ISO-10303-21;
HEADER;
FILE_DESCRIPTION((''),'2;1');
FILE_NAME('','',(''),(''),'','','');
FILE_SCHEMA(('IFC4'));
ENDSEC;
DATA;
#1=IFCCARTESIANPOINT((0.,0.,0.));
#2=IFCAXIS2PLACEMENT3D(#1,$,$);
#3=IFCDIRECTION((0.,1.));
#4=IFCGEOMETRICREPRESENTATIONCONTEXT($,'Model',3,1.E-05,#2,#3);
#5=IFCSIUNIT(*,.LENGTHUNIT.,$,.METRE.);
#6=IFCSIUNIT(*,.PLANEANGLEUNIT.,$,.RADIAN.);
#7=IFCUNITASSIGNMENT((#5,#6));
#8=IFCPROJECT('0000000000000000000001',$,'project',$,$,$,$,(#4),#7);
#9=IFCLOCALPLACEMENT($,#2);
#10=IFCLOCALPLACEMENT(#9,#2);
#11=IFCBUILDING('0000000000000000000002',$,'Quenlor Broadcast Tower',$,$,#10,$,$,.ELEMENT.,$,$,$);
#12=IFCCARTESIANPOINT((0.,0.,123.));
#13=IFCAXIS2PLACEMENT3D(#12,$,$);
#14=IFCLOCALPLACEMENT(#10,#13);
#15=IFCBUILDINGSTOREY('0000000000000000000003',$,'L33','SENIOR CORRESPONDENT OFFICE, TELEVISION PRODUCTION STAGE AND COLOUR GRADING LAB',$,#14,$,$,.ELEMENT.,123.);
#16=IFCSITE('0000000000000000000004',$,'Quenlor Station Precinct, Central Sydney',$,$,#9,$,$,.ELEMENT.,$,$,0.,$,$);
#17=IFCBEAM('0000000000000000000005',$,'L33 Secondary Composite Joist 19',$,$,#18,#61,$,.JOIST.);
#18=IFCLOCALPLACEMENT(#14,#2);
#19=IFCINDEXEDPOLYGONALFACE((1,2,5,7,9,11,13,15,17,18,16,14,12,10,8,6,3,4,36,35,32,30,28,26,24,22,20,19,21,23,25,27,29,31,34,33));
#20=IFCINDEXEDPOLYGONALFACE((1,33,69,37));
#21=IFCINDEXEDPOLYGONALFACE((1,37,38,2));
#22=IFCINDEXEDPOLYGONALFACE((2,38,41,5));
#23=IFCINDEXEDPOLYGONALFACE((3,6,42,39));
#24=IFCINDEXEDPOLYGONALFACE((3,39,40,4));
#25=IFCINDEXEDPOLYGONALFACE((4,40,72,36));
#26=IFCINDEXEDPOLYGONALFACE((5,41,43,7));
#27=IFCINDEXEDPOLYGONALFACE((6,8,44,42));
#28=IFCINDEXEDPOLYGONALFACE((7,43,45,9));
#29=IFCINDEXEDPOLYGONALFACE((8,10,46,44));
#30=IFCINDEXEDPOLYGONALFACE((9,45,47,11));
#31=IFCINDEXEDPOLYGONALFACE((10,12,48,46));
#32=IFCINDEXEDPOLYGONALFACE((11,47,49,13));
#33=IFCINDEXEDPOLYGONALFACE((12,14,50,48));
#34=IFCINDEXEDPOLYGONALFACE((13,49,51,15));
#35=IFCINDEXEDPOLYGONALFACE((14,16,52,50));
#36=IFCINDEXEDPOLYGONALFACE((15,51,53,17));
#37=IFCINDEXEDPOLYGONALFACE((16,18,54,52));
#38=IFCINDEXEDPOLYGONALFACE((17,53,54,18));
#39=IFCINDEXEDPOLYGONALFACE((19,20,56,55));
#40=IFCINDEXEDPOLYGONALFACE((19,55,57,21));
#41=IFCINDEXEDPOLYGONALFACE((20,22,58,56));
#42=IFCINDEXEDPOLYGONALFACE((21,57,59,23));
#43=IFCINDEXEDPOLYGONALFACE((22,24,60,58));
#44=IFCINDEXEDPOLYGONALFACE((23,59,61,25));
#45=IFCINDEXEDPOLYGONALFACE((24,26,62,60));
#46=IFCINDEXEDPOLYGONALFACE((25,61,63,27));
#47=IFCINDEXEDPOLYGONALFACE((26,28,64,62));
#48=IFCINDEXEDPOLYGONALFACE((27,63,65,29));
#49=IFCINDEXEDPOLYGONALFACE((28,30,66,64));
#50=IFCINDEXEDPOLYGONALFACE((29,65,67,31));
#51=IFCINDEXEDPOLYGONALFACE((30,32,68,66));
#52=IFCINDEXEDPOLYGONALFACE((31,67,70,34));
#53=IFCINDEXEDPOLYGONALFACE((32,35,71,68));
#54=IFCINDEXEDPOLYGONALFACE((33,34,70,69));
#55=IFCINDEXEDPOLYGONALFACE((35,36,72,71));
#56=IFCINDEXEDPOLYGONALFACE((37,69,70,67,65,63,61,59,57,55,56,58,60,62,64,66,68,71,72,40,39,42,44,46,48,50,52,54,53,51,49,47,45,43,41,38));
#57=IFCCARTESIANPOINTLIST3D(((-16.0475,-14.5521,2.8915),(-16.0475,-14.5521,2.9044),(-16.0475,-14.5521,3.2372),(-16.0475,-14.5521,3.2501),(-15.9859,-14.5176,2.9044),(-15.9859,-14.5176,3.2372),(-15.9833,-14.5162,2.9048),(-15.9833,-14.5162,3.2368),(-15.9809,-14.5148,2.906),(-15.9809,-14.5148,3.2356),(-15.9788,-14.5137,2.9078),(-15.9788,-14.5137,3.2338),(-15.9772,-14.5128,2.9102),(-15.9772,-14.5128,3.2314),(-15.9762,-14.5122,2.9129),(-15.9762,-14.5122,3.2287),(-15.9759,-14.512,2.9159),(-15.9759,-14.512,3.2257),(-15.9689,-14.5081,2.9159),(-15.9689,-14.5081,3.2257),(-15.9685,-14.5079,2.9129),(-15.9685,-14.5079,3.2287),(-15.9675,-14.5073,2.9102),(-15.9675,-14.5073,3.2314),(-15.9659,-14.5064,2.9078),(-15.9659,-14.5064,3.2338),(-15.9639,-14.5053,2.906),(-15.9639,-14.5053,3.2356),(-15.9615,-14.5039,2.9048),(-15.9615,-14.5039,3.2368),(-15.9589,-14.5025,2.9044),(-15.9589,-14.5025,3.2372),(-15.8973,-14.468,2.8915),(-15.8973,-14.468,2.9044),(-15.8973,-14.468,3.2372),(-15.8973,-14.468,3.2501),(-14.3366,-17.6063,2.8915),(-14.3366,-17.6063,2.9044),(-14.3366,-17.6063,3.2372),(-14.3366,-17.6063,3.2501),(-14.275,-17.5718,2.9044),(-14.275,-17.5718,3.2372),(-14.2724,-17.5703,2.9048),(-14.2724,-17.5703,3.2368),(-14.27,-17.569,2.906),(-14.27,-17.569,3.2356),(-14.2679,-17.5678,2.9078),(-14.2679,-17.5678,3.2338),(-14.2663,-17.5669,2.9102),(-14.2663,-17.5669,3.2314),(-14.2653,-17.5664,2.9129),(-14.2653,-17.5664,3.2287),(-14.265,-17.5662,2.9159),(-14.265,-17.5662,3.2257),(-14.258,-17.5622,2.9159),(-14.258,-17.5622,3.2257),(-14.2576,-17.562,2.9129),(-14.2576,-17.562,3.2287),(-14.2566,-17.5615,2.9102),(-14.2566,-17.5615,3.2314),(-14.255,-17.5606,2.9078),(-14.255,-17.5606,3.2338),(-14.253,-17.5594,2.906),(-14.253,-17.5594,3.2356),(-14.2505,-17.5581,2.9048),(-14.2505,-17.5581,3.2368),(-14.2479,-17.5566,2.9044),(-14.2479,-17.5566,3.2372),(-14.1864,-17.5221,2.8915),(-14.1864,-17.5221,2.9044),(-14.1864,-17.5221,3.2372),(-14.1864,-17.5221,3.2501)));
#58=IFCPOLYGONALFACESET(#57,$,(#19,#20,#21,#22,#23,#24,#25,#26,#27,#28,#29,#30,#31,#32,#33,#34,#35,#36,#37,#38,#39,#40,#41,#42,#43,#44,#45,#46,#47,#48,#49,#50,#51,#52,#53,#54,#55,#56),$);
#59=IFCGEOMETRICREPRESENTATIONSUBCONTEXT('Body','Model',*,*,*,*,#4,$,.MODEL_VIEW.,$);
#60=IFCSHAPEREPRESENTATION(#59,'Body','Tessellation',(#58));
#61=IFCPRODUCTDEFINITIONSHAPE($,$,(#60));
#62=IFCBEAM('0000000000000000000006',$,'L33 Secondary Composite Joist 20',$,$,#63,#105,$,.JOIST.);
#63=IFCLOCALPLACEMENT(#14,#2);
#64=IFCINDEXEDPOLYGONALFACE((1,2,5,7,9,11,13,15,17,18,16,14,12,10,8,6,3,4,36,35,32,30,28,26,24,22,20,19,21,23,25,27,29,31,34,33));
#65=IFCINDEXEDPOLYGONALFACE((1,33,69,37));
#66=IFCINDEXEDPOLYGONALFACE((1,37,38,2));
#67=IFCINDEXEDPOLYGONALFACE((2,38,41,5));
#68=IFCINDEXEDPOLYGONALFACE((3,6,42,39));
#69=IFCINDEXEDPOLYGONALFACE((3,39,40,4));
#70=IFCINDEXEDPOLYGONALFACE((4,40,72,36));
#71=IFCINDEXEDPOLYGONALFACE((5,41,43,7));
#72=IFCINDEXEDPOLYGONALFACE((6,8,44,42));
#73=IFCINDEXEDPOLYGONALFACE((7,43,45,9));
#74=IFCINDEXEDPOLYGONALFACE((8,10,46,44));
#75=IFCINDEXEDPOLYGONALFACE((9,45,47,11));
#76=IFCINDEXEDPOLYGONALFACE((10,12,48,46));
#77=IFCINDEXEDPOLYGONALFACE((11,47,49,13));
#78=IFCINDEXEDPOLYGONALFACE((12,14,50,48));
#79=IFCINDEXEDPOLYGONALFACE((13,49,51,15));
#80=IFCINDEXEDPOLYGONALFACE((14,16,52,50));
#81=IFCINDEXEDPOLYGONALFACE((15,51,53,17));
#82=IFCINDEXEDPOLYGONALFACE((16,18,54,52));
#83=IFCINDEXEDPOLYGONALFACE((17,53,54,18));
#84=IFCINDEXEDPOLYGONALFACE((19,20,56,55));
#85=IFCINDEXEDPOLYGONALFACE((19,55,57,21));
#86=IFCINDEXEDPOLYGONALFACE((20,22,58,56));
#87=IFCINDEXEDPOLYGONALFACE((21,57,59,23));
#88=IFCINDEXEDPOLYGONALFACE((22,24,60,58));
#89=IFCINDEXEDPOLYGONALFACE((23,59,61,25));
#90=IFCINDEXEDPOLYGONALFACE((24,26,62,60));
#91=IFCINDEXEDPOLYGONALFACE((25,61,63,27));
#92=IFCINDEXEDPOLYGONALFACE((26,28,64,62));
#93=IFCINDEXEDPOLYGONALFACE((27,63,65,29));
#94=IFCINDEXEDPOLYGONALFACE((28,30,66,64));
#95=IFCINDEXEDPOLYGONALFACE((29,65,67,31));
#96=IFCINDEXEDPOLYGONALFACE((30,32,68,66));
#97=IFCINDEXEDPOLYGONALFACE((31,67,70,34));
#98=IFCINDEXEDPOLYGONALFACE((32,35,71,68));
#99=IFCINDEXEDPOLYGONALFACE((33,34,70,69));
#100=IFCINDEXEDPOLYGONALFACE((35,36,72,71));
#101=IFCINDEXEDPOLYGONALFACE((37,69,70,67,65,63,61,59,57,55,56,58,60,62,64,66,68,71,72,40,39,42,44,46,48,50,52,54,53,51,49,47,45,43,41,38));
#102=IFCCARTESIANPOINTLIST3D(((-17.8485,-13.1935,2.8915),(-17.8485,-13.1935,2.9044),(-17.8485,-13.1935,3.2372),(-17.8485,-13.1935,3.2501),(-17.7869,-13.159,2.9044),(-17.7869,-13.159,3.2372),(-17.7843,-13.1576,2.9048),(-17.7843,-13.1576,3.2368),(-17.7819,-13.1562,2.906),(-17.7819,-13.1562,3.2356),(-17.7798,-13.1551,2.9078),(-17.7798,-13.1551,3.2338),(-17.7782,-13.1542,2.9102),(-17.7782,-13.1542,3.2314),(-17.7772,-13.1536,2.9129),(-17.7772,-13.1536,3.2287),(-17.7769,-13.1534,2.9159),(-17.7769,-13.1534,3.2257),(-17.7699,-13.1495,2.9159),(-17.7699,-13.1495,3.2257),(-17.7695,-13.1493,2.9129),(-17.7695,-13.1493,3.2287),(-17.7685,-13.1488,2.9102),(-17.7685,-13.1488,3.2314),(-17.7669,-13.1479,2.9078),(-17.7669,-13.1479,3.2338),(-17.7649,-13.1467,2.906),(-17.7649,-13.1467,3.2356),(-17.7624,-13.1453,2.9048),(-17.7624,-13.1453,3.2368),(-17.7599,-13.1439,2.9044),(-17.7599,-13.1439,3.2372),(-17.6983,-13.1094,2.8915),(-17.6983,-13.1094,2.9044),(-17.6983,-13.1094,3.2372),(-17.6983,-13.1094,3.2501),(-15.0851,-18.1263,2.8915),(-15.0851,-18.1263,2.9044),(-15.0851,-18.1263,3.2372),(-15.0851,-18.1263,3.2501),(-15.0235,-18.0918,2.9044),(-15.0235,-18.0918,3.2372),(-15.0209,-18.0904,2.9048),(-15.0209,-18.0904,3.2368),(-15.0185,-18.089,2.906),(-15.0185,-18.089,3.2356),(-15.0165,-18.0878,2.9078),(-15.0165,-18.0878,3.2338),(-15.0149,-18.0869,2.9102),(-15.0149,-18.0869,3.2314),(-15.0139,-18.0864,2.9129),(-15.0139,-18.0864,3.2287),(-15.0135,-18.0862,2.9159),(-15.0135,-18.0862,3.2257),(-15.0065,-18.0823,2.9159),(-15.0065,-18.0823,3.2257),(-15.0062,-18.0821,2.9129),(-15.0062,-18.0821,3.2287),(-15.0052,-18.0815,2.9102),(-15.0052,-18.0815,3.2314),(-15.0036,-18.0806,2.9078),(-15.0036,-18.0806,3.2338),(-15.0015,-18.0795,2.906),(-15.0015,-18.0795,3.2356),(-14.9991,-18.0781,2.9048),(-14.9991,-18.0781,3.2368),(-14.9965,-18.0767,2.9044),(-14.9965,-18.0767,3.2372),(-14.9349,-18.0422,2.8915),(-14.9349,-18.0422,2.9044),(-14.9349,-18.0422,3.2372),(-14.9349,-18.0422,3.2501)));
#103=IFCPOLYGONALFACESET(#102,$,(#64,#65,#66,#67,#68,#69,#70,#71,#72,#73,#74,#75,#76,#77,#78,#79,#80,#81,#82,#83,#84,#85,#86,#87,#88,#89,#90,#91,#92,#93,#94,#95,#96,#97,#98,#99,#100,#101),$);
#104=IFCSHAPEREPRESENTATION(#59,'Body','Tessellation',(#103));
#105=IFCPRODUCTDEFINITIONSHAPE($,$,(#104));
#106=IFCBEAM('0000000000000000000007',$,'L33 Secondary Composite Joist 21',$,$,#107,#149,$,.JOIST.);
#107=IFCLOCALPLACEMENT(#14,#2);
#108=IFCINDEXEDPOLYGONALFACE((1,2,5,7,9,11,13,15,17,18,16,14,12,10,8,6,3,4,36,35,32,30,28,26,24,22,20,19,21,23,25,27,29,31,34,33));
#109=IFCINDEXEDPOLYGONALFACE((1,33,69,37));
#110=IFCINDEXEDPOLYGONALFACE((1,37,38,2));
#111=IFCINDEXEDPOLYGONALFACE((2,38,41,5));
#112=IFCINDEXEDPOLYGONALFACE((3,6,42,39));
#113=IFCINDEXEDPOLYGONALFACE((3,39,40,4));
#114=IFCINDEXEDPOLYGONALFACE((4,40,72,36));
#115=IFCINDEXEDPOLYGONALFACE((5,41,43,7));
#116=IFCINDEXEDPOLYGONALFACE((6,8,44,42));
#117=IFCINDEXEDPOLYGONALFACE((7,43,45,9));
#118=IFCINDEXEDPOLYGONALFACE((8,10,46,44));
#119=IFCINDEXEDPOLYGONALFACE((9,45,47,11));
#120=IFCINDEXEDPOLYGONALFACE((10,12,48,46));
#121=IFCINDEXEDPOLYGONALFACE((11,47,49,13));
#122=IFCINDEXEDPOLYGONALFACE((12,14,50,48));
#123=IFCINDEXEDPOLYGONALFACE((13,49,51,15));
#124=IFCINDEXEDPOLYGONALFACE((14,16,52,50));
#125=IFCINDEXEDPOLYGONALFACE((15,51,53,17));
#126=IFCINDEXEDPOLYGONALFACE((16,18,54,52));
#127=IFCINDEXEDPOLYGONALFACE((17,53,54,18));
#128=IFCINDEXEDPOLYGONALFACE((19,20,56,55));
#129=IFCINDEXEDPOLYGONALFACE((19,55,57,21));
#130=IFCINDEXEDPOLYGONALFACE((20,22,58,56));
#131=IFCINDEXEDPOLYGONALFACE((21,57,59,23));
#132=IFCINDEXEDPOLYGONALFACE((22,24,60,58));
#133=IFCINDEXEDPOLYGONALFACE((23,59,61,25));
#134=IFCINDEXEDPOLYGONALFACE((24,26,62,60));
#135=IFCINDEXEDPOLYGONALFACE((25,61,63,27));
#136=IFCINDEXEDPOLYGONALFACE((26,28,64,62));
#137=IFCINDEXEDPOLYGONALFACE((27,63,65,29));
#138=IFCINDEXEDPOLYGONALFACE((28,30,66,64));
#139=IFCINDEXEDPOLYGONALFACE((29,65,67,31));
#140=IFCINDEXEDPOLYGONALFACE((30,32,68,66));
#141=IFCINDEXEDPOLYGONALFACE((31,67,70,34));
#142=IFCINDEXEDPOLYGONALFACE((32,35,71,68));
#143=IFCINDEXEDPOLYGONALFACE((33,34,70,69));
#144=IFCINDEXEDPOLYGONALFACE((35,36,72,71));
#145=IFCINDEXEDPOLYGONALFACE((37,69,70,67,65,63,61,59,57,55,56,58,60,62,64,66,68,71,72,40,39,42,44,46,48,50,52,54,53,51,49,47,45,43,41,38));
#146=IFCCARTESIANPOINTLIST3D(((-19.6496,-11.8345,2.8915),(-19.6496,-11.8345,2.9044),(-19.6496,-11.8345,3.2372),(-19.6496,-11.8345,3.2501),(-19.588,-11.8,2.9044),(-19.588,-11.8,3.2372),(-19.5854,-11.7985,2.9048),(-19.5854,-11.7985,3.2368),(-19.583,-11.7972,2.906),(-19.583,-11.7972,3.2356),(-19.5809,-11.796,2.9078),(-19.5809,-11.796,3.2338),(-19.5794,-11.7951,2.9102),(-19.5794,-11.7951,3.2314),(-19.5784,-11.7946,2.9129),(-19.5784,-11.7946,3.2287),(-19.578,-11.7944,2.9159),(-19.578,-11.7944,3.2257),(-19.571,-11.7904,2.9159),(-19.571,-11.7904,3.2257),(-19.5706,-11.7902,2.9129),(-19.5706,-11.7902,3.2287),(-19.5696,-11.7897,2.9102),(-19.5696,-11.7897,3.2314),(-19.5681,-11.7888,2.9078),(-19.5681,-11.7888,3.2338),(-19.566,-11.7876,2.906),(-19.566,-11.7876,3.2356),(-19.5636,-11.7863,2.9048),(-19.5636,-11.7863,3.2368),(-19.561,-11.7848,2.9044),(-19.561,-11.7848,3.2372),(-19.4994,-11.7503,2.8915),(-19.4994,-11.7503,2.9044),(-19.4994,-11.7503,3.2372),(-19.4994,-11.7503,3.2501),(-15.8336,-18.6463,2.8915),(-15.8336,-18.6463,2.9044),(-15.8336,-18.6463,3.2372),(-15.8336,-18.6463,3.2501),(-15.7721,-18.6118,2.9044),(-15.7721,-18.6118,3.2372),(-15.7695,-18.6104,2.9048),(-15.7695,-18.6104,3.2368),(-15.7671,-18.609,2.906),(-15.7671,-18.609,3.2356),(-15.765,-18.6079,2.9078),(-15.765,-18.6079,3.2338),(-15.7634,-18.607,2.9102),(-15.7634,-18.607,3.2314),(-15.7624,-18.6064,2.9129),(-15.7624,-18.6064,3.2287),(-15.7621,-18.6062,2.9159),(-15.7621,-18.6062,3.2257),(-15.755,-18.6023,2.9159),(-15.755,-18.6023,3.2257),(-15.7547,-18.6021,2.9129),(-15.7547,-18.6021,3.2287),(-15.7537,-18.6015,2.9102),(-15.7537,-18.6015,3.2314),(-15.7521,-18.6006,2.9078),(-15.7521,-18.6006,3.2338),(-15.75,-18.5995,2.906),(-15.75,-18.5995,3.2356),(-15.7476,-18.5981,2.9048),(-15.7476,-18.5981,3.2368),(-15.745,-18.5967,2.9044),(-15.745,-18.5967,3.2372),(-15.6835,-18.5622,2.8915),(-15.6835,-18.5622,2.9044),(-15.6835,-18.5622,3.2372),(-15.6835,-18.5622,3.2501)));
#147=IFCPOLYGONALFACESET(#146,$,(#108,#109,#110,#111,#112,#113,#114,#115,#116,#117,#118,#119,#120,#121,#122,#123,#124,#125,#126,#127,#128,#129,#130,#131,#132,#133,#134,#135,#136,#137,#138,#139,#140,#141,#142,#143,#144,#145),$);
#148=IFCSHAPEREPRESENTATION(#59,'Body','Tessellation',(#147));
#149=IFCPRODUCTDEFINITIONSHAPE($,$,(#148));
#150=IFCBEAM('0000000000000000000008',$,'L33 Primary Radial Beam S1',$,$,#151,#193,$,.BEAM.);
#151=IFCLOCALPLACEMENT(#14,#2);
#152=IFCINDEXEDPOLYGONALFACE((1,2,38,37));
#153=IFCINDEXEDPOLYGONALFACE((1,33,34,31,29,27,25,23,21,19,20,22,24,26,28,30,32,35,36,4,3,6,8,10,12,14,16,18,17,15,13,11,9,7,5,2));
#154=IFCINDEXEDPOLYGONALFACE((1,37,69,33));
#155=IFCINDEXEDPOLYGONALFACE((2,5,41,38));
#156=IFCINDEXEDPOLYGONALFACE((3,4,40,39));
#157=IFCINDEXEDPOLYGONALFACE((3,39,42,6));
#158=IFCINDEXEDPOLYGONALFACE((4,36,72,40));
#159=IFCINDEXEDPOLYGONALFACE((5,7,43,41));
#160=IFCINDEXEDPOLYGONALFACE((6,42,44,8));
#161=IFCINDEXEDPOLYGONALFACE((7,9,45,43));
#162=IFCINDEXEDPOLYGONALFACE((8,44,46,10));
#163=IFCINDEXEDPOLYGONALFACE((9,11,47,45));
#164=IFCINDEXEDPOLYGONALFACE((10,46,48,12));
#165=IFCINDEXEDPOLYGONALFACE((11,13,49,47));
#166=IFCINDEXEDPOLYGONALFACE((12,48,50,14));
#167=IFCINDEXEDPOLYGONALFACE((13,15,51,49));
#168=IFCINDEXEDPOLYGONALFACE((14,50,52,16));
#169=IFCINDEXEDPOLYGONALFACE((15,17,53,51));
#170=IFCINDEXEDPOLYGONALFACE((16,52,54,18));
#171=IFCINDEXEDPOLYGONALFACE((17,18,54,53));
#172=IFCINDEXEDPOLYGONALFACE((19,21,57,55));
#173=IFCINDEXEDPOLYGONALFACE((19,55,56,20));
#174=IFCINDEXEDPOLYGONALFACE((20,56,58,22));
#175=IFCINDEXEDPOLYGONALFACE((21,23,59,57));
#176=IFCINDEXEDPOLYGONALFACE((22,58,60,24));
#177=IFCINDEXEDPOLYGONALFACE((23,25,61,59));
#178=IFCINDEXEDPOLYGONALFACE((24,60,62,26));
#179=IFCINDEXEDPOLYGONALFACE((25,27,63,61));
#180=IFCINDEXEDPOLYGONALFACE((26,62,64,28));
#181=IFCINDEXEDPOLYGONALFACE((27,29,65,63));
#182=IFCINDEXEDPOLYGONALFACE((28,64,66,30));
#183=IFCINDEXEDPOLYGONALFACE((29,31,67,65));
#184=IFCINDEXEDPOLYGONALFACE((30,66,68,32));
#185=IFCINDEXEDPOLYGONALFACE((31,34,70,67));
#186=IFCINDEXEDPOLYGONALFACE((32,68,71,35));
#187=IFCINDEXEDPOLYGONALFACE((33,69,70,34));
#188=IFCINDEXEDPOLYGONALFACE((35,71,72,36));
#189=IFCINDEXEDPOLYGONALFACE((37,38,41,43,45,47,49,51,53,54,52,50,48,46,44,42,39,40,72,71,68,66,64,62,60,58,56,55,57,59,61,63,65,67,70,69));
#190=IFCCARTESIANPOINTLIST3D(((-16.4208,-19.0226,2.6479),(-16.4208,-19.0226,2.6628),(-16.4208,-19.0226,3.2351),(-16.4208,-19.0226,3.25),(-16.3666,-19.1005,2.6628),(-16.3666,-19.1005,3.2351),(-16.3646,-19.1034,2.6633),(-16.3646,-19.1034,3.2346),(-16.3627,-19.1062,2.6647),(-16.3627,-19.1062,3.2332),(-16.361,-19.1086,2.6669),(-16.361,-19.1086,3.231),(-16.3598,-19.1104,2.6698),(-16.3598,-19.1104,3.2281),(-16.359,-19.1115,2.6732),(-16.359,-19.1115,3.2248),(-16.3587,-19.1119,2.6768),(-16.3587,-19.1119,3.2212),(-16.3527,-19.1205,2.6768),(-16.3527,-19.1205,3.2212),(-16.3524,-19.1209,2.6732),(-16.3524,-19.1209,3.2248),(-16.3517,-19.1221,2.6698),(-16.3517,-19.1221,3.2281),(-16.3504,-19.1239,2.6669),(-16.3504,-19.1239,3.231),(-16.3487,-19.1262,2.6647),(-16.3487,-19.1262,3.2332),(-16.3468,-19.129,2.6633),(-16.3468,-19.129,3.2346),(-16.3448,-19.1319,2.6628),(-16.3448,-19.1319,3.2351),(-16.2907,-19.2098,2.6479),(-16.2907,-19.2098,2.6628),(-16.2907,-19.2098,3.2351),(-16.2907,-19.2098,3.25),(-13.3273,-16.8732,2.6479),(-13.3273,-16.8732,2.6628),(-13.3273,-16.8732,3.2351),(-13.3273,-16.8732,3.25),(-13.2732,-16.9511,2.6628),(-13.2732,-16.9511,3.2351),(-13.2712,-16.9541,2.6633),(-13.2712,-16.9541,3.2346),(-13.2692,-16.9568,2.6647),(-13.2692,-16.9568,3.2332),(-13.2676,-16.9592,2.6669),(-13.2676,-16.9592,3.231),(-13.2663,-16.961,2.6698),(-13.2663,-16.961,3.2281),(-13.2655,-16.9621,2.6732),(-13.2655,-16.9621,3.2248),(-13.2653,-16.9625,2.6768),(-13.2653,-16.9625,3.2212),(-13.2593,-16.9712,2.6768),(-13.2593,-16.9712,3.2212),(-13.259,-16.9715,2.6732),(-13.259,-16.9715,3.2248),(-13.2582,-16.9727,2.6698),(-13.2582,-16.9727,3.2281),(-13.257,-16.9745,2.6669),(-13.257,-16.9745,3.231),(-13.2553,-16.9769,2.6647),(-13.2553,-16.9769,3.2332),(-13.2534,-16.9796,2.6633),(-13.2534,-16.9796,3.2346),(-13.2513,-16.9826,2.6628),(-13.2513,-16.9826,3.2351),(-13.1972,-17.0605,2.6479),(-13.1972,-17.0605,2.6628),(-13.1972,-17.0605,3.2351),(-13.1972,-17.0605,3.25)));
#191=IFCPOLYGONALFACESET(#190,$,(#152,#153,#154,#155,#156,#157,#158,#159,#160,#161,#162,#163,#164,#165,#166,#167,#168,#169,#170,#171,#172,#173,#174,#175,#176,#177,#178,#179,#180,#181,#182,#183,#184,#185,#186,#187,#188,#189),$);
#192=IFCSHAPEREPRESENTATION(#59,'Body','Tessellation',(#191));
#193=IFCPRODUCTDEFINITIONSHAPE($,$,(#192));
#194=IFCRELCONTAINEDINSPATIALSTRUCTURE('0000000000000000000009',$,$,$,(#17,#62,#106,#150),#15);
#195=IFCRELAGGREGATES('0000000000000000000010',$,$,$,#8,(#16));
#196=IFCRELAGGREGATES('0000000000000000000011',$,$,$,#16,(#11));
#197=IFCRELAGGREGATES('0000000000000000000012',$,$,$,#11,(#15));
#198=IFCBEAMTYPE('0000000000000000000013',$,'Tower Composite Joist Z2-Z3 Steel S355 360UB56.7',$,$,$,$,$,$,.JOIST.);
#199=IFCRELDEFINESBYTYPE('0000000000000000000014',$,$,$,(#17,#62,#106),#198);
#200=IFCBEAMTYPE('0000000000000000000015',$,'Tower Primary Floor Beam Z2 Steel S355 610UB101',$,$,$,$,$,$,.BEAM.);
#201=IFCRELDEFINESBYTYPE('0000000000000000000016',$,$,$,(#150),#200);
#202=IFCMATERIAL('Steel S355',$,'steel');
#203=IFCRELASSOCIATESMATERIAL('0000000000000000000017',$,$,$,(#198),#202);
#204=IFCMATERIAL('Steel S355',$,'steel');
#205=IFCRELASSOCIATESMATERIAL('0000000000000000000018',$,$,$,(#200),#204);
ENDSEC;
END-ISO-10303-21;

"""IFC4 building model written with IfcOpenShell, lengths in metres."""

from ifc_helpers import new_model, si_unit, direction, frame, origin, origin_2d, place, context, subcontext, project, spatial, i_section, extrude, material, material_profile, profile_set, type_object, element, save


model = new_model("IFC4")

# Units and contexts
model_context = context("Model", 3, precision=1e-05, world=origin(), true_north=direction((0.0, 1.0)))
body_context = subcontext(model_context, "Body", "Model", "MODEL_VIEW")
ifc_project = project(units=[si_unit("LENGTHUNIT", "METRE"), si_unit("PLANEANGLEUNIT", "RADIAN")], contexts=[model_context])

# Site, building, storey
site_placement = place(None, origin())
site = spatial("IfcSite", under=ifc_project, at=site_placement, Name="Quenlor Station Precinct, Central Sydney", CompositionType="ELEMENT", RefElevation=0.0)
building_placement = place(site_placement, origin())
building = spatial("IfcBuilding", under=site, at=building_placement, Name="Quenlor Broadcast Tower", CompositionType="ELEMENT")
storey_placement = place(building_placement, frame((0.0, 0.0, 123.0)))
storey = spatial("IfcBuildingStorey", under=building, at=storey_placement, Name="L33", Description="SENIOR CORRESPONDENT OFFICE, TELEVISION PRODUCTION STAGE AND COLOUR GRADING LAB", CompositionType="ELEMENT", Elevation=123.0)

# Beams
ifc_material_1 = material(Name="Steel S355", Category="steel")
ifc_material_profile_1 = material_profile(ifc_material_1, i_section(OverallWidth=0.1721, OverallDepth=0.3586, WebThickness=0.0081, FlangeThickness=0.0129, FilletRadius=0.0115, at=origin_2d()))
ifc_profile_set_1 = profile_set([ifc_material_profile_1], Name="Steel S355 360UB56.7")
beam_type_1 = type_object("IfcBeamType", Name="Tower Composite Joist Z2-Z3 Steel S355 360UB56.7", PredefinedType="JOIST", material=ifc_profile_set_1)
beam_1_placement = place(storey_placement, frame((-14.2615, -17.5642, 3.0708), z_axis=(-0.488731, 0.872435, 0.0), x_axis=(-0.872435, -0.488731, 0.0)))
element("IfcBeam", 1, at=beam_1_placement, inside=storey, type_object=beam_type_1, Name="L33 Secondary Composite Joist 19", PredefinedType="JOIST", context=body_context, shape_type="SweptSolid", body=[
    extrude(i_section(OverallWidth=0.1721, OverallDepth=0.3586, WebThickness=0.0081, FlangeThickness=0.0129, FilletRadius=0.0115, at=origin_2d()), origin(), (0.0, 0.0, 1.0), 3.5007),
])
beam_2_placement = place(storey_placement, frame((-15.01, -18.0842, 3.0708), z_axis=(-0.488741, 0.872429, 0.0), x_axis=(-0.872429, -0.488741, 0.0)))
element("IfcBeam", 2, at=beam_2_placement, inside=storey, type_object=beam_type_1, Name="L33 Secondary Composite Joist 20", PredefinedType="JOIST", context=body_context, shape_type="SweptSolid", body=[
    extrude(i_section(OverallWidth=0.1721, OverallDepth=0.3586, WebThickness=0.0081, FlangeThickness=0.0129, FilletRadius=0.0115, at=origin_2d()), origin(), (0.0, 0.0, 1.0), 5.6541),
])
beam_3_placement = place(storey_placement, frame((-15.7585, -18.6042, 3.0708), z_axis=(-0.488733, 0.872433, 0.0), x_axis=(-0.872433, -0.488733, 0.0)))
element("IfcBeam", 3, at=beam_3_placement, inside=storey, type_object=beam_type_1, Name="L33 Secondary Composite Joist 21", PredefinedType="JOIST", context=body_context, shape_type="SweptSolid", body=[
    extrude(i_section(OverallWidth=0.1721, OverallDepth=0.3586, WebThickness=0.0081, FlangeThickness=0.0129, FilletRadius=0.0115, at=origin_2d()), origin(), (0.0, 0.0, 1.0), 7.8079),
])
ifc_material_2 = material(Name="Steel S355", Category="steel")
ifc_material_profile_2 = material_profile(ifc_material_2, i_section(OverallWidth=0.228, OverallDepth=0.6021, WebThickness=0.0105, FlangeThickness=0.0149, FilletRadius=0.0139, at=origin_2d()))
ifc_profile_set_2 = profile_set([ifc_material_profile_2], Name="Steel S355 610UB101")
beam_type_2 = type_object("IfcBeamType", Name="Tower Primary Floor Beam Z2 Steel S355 610UB101", PredefinedType="BEAM", material=ifc_profile_set_2)
beam_4_placement = place(storey_placement, frame((-16.3557, -19.1162, 2.949), z_axis=(0.821227, 0.570601, 0.0), x_axis=(-0.570601, 0.821227, 0.0)))
element("IfcBeam", 4, at=beam_4_placement, inside=storey, type_object=beam_type_2, Name="L33 Primary Radial Beam S1", PredefinedType="BEAM", context=body_context, shape_type="SweptSolid", body=[
    extrude(i_section(OverallWidth=0.228, OverallDepth=0.6021, WebThickness=0.0105, FlangeThickness=0.0149, FilletRadius=0.0139, at=origin_2d()), origin(), (0.0, 0.0, 1.0), 3.7668),
])

save(model, "model.ifc")
